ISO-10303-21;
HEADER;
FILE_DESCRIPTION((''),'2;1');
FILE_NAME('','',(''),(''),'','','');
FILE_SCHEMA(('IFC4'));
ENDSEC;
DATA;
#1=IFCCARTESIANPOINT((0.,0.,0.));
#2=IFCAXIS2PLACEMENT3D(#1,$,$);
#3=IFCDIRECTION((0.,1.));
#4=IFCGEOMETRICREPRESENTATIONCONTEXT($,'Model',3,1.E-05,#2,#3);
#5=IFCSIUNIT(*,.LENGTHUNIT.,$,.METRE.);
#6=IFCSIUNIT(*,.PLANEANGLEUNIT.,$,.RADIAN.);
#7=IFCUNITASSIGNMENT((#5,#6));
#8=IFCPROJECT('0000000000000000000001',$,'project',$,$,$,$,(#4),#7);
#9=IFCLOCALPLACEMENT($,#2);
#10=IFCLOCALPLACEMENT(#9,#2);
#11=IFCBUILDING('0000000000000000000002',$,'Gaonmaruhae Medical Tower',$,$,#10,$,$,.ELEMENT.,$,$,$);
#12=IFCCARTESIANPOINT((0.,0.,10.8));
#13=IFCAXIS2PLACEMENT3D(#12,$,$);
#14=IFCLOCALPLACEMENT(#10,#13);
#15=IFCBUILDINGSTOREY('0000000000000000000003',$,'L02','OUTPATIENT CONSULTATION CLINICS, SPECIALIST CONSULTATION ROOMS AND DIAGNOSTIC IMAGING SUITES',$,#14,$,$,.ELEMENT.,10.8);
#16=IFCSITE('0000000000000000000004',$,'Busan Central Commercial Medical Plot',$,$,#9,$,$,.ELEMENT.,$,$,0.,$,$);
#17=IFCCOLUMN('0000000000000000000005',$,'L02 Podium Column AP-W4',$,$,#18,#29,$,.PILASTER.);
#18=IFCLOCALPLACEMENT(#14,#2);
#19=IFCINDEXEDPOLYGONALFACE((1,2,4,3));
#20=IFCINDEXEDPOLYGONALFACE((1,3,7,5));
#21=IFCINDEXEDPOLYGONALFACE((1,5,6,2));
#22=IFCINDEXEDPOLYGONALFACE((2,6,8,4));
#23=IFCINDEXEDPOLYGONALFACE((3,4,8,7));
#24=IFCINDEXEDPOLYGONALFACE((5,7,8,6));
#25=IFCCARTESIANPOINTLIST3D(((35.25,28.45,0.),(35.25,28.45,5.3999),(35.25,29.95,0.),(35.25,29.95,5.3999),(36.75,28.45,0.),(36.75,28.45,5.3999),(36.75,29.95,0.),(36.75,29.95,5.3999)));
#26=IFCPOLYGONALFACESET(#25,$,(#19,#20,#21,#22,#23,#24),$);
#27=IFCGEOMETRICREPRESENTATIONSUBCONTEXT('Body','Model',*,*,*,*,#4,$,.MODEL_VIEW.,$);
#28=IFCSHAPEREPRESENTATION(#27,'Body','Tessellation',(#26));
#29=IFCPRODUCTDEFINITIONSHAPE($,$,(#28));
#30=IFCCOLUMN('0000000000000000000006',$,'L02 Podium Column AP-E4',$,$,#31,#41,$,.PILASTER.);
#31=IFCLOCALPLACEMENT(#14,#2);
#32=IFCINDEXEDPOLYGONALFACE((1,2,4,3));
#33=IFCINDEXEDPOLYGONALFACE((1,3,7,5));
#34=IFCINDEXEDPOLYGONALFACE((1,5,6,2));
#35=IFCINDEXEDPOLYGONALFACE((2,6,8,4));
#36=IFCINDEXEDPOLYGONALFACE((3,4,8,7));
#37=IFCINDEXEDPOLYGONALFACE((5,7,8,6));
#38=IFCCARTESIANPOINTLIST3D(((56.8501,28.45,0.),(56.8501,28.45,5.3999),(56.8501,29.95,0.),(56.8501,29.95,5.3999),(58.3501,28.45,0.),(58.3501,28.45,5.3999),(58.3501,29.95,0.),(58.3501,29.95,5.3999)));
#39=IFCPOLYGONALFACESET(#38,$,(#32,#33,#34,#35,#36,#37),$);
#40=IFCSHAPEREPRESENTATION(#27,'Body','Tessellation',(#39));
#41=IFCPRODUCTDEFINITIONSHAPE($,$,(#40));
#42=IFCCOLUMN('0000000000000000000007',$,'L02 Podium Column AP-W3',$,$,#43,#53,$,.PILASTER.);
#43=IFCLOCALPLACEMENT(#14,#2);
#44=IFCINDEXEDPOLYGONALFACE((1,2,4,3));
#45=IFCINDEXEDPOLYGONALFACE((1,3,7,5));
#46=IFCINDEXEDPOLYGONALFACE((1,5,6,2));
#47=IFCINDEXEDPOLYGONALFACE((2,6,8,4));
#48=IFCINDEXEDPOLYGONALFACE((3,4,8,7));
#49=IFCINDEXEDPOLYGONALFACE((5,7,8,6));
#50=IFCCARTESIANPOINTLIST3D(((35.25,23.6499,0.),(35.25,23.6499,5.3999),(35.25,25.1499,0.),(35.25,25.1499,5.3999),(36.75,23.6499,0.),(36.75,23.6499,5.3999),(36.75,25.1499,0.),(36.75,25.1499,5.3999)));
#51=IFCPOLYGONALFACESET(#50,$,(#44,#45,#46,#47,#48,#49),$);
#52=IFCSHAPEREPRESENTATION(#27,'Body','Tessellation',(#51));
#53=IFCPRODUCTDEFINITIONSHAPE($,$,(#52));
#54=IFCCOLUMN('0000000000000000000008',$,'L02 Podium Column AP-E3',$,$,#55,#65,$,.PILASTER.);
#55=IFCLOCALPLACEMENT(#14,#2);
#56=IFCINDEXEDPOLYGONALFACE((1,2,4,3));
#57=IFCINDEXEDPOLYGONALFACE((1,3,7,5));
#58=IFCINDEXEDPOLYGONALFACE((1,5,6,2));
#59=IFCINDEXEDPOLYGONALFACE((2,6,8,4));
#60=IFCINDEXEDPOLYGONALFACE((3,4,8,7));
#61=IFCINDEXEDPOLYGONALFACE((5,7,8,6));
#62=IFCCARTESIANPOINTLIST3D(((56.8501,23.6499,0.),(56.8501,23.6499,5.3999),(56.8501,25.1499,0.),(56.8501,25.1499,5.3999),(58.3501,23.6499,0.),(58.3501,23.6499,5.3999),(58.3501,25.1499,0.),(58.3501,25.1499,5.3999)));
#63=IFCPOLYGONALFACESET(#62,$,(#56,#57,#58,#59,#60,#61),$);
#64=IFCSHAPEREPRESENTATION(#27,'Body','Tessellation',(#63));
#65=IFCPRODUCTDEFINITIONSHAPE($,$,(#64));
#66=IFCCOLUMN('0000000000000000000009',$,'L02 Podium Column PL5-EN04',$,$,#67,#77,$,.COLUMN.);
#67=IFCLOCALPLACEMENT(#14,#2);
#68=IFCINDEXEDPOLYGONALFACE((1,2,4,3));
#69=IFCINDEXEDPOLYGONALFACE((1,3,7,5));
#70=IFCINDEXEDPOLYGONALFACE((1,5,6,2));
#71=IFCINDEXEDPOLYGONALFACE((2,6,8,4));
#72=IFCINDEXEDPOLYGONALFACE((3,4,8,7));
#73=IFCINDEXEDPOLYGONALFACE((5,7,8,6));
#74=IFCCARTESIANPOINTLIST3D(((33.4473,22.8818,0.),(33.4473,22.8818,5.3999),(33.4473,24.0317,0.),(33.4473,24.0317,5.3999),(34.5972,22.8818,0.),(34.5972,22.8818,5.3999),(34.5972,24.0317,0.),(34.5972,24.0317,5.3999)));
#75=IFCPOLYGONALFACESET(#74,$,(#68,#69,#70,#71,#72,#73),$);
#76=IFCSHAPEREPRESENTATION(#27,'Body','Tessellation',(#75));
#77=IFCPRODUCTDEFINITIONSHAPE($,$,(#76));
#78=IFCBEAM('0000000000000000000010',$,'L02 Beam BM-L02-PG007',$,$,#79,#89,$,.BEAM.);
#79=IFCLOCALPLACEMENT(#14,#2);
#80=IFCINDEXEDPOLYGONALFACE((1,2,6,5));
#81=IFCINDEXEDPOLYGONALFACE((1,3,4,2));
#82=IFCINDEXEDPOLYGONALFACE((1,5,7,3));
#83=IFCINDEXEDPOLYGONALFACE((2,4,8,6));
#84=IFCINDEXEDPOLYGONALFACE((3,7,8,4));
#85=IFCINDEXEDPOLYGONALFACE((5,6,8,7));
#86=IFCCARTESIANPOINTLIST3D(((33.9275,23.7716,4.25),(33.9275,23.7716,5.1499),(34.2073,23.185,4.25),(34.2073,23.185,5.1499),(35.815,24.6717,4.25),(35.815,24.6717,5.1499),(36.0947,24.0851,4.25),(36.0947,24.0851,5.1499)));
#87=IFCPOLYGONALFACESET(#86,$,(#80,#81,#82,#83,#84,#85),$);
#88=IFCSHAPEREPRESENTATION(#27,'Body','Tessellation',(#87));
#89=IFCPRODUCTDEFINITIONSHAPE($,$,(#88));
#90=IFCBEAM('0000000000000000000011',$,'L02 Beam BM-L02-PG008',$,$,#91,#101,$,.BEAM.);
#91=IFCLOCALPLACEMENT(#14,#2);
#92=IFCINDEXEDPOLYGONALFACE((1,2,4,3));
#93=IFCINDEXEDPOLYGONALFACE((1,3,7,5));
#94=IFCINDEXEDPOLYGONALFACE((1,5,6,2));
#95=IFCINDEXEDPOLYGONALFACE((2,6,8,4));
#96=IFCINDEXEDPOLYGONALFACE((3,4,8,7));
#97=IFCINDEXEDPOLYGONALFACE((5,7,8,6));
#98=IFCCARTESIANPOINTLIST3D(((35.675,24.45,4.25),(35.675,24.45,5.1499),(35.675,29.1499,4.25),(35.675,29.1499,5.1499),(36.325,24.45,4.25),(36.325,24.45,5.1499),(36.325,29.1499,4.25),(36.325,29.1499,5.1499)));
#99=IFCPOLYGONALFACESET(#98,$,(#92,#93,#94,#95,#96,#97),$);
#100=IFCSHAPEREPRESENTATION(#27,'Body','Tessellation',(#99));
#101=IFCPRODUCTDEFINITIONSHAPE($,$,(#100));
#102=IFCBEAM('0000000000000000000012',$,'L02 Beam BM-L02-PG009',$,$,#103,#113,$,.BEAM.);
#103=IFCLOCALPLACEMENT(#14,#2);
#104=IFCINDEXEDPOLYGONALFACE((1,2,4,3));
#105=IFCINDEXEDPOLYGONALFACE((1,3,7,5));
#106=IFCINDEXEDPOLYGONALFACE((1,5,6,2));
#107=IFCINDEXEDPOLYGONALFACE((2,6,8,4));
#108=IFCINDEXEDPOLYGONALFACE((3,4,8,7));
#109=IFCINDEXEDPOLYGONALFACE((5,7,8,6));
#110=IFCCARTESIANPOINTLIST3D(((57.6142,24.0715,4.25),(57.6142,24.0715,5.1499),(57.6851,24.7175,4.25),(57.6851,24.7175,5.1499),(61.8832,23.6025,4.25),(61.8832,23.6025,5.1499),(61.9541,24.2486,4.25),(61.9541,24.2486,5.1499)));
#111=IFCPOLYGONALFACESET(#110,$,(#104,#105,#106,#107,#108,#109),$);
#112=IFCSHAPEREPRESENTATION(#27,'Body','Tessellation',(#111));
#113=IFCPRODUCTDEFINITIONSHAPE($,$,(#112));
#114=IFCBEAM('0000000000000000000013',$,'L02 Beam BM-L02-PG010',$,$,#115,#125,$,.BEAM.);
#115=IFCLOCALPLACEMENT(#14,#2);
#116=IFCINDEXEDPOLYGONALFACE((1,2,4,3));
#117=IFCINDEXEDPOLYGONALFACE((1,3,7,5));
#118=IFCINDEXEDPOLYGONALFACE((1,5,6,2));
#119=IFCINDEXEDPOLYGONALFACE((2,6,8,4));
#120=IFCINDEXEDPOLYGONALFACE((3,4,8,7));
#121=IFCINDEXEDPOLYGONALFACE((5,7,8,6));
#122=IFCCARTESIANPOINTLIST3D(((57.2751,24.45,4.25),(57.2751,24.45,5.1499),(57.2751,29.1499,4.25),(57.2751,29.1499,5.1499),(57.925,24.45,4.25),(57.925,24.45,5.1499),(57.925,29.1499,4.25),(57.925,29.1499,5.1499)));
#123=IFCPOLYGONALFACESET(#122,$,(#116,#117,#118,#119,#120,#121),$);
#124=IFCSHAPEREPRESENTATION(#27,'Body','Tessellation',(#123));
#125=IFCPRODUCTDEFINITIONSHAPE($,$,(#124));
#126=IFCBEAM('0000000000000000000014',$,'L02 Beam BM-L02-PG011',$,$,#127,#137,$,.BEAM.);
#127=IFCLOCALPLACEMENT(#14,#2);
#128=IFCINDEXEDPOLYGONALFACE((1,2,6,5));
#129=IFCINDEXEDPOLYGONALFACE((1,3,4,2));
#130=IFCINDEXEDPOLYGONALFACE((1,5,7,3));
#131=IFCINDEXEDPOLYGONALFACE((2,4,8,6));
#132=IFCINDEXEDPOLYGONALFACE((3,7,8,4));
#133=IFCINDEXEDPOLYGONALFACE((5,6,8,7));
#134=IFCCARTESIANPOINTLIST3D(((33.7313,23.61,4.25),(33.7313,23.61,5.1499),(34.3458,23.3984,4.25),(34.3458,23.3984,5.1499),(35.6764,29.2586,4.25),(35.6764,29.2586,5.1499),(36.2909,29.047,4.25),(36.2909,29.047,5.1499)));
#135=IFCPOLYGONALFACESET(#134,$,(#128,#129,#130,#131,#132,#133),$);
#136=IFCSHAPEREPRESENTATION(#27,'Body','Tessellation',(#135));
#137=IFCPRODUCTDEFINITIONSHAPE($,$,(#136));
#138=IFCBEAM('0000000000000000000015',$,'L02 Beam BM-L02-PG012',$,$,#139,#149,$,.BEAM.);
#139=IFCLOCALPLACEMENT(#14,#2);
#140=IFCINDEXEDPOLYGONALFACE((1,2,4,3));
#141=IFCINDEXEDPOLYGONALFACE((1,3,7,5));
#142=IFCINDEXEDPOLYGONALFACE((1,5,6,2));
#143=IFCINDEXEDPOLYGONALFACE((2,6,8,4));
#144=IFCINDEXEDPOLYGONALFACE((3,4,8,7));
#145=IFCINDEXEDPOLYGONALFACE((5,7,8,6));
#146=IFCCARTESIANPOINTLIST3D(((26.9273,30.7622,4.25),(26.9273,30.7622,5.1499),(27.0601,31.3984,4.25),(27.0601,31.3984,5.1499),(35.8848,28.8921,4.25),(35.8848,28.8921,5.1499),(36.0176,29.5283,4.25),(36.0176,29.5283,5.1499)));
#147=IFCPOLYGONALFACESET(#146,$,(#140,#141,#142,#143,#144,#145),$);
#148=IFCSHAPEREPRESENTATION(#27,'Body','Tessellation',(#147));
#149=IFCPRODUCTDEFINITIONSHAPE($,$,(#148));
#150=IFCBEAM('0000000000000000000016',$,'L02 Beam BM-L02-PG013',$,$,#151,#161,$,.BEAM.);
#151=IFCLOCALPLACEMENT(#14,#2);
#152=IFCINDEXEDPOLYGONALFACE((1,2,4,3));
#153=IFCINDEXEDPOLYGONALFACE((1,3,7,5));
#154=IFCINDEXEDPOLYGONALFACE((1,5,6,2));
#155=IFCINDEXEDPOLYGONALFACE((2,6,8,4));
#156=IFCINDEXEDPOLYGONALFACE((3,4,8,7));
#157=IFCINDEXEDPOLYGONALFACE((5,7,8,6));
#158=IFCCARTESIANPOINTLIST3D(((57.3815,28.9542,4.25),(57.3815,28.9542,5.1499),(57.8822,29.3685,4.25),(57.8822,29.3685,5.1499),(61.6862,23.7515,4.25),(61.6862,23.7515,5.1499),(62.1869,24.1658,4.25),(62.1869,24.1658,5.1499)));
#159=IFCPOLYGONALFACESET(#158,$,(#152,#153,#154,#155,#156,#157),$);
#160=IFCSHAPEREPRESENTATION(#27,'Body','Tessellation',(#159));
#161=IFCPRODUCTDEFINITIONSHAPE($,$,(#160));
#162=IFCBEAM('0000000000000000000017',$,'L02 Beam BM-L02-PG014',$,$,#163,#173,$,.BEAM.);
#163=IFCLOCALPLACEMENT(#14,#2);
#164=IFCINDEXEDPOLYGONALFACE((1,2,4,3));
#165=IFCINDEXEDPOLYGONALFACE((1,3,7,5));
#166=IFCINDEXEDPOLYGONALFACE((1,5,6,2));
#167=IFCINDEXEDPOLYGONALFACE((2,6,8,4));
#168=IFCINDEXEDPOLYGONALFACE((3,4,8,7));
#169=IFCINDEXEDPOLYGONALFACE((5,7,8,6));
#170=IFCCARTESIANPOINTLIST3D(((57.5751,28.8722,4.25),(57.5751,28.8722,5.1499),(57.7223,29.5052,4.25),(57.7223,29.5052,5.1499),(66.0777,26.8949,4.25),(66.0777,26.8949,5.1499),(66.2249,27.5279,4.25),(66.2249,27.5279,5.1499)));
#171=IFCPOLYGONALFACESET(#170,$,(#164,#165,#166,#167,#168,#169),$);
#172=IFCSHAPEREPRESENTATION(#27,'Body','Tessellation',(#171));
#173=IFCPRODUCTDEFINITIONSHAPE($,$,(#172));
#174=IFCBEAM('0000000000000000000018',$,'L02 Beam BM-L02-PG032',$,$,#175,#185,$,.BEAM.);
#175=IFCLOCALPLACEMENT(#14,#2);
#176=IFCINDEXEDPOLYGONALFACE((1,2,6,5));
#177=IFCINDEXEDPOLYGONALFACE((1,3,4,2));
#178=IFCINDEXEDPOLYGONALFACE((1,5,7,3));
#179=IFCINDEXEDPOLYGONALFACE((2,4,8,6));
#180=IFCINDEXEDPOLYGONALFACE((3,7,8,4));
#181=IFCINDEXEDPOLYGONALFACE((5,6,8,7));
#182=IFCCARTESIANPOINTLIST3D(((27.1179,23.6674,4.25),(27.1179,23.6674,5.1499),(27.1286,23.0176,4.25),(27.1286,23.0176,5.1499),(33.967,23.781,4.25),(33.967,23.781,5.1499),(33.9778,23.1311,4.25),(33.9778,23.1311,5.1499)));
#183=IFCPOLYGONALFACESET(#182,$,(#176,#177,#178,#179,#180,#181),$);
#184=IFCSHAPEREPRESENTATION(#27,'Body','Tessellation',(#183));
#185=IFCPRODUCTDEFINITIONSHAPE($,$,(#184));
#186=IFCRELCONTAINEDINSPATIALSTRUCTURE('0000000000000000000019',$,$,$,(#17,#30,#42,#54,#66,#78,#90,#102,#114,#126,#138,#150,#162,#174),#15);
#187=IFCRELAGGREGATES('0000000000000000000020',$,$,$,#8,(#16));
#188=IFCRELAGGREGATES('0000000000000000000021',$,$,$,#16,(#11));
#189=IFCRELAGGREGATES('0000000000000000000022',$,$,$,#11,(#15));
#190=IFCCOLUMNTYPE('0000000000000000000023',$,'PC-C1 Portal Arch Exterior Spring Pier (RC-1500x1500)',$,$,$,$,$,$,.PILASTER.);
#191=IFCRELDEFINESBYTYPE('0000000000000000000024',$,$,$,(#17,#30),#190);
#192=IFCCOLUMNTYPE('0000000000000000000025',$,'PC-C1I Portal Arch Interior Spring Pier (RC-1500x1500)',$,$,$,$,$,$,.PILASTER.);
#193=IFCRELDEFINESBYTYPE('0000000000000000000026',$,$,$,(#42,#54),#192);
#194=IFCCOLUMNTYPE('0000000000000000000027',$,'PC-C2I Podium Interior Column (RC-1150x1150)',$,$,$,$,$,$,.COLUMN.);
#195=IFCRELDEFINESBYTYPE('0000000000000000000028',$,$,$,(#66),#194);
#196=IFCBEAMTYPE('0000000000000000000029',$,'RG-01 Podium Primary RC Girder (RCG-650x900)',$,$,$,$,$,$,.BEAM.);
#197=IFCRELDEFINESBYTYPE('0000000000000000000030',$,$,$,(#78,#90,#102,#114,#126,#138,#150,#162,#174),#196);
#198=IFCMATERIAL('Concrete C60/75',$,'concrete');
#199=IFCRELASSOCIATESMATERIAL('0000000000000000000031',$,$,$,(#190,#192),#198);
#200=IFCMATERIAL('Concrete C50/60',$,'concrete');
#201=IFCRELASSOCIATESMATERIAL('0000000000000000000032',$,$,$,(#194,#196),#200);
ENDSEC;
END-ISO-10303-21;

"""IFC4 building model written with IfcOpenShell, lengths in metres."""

from ifc_helpers import new_model, si_unit, direction, frame, origin, origin_2d, place, context, subcontext, project, spatial, rectangle, extrude, material, material_profile, profile_set, type_object, element, save


model = new_model("IFC4")

# Units and contexts
model_context = context("Model", 3, precision=1e-05, world=origin(), true_north=direction((0.0, 1.0)))
body_context = subcontext(model_context, "Body", "Model", "MODEL_VIEW")
ifc_project = project(units=[si_unit("LENGTHUNIT", "METRE"), si_unit("PLANEANGLEUNIT", "RADIAN")], contexts=[model_context])

# Site, building, storey
site_placement = place(None, origin())
site = spatial("IfcSite", under=ifc_project, at=site_placement, Name="Busan Central Commercial Medical Plot", CompositionType="ELEMENT", RefElevation=0.0)
building_placement = place(site_placement, origin())
building = spatial("IfcBuilding", under=site, at=building_placement, Name="Gaonmaruhae Medical Tower", CompositionType="ELEMENT")
storey_placement = place(building_placement, frame((0.0, 0.0, 10.8)))
storey = spatial("IfcBuildingStorey", under=building, at=storey_placement, Name="L02", Description="OUTPATIENT CONSULTATION CLINICS, SPECIALIST CONSULTATION ROOMS AND DIAGNOSTIC IMAGING SUITES", CompositionType="ELEMENT", Elevation=10.8)

# Columns
ifc_material_1 = material(Name="Concrete C60/75", Category="concrete")
ifc_material_profile_1 = material_profile(ifc_material_1, rectangle(XDim=1.5, YDim=1.5, at=origin_2d()), Name="RC-1500x1500")
ifc_profile_set_1 = profile_set([ifc_material_profile_1], Name="Concrete C60/75")
column_type_1 = type_object("IfcColumnType", Name="PC-C1 Portal Arch Exterior Spring Pier (RC-1500x1500)", PredefinedType="PILASTER", material=ifc_profile_set_1)
for number, where, z_axis, x_axis, name in (
    (1, (36.0, 29.2, 0.0), (0.0, 0.0, 1.0), (1.0, 0.0, 0.0), "L02 Podium Column AP-W4"),
    (2, (57.6001, 29.2, 0.0), (0.0, 0.0, 1.0), (1.0, 0.0, 0.0), "L02 Podium Column AP-E4"),
):
    element("IfcColumn", number, at=place(storey_placement, frame(where, z_axis=z_axis, x_axis=x_axis)), inside=storey, type_object=column_type_1, Name=name, PredefinedType="PILASTER", context=body_context, shape_type="SweptSolid", body=[
        extrude(rectangle(XDim=1.5, YDim=1.5, at=origin_2d()), origin(), (0.0, 0.0, 1.0), 5.3999),
    ])
ifc_material_profile_2 = material_profile(ifc_material_1, rectangle(XDim=1.5, YDim=1.5, at=origin_2d()), Name="RC-1500x1500")
ifc_profile_set_2 = profile_set([ifc_material_profile_2], Name="Concrete C60/75")
column_type_2 = type_object("IfcColumnType", Name="PC-C1I Portal Arch Interior Spring Pier (RC-1500x1500)", PredefinedType="PILASTER", material=ifc_profile_set_2)
for number, where, z_axis, x_axis, name in (
    (3, (36.0, 24.3999, 0.0), (0.0, 0.0, 1.0), (1.0, 0.0, 0.0), "L02 Podium Column AP-W3"),
    (4, (57.6001, 24.3999, 0.0), (0.0, 0.0, 1.0), (1.0, 0.0, 0.0), "L02 Podium Column AP-E3"),
):
    element("IfcColumn", number, at=place(storey_placement, frame(where, z_axis=z_axis, x_axis=x_axis)), inside=storey, type_object=column_type_2, Name=name, PredefinedType="PILASTER", context=body_context, shape_type="SweptSolid", body=[
        extrude(rectangle(XDim=1.5, YDim=1.5, at=origin_2d()), origin(), (0.0, 0.0, 1.0), 5.3999),
    ])
ifc_material_2 = material(Name="Concrete C50/60", Category="concrete")
ifc_material_profile_3 = material_profile(ifc_material_2, rectangle(XDim=1.1499, YDim=1.1499, at=origin_2d()), Name="RC-1150x1150")
ifc_profile_set_3 = profile_set([ifc_material_profile_3], Name="Concrete C50/60")
column_type_3 = type_object("IfcColumnType", Name="PC-C2I Podium Interior Column (RC-1150x1150)", PredefinedType="COLUMN", material=ifc_profile_set_3)
column_placement = place(storey_placement, frame((34.0222, 23.4568, 0.0), z_axis=(0.0, 0.0, 1.0), x_axis=(1.0, 0.0, 0.0)))
element("IfcColumn", 5, at=column_placement, inside=storey, type_object=column_type_3, Name="L02 Podium Column PL5-EN04", PredefinedType="COLUMN", context=body_context, shape_type="SweptSolid", body=[
    extrude(rectangle(XDim=1.1499, YDim=1.1499, at=origin_2d()), origin(), (0.0, 0.0, 1.0), 5.3999),
])

# Beams
ifc_material_profile_4 = material_profile(ifc_material_2, rectangle(XDim=0.6499, YDim=0.8999, at=origin_2d()), Name="RCG-650x900")
ifc_profile_set_4 = profile_set([ifc_material_profile_4], Name="Concrete C50/60")
beam_type = type_object("IfcBeamType", Name="RG-01 Podium Primary RC Girder (RCG-650x900)", PredefinedType="BEAM", material=ifc_profile_set_4)
beam_1_placement = place(storey_placement, frame((35.9548, 24.3784, 4.7), z_axis=(-0.902608, -0.430464, 0.0), x_axis=(0.430464, -0.902608, 0.0)))
element("IfcBeam", 6, at=beam_1_placement, inside=storey, type_object=beam_type, Name="L02 Beam BM-L02-PG007", PredefinedType="BEAM", context=body_context, shape_type="SweptSolid", body=[
    extrude(rectangle(XDim=0.6499, YDim=0.8999, at=origin_2d()), origin(), (0.0, 0.0, 1.0), 2.0911),
])
beam_2_placement = place(storey_placement, frame((36.0, 24.45, 4.7), z_axis=(0.0, 1.0, 0.0), x_axis=(-1.0, 0.0, 0.0)))
element("IfcBeam", 7, at=beam_2_placement, inside=storey, type_object=beam_type, Name="L02 Beam BM-L02-PG008", PredefinedType="BEAM", context=body_context, shape_type="SweptSolid", body=[
    extrude(rectangle(XDim=0.6499, YDim=0.8999, at=origin_2d()), origin(), (0.0, 0.0, 1.0), 4.7),
])
beam_3_placement = place(storey_placement, frame((57.6497, 24.3945, 4.7), z_axis=(0.99402, -0.109202, 0.0), x_axis=(0.109202, 0.99402, 0.0)))
element("IfcBeam", 8, at=beam_3_placement, inside=storey, type_object=beam_type, Name="L02 Beam BM-L02-PG009", PredefinedType="BEAM", context=body_context, shape_type="SweptSolid", body=[
    extrude(rectangle(XDim=0.6499, YDim=0.8999, at=origin_2d()), origin(), (0.0, 0.0, 1.0), 4.2947),
])
beam_4_placement = place(storey_placement, frame((57.6001, 24.45, 4.7), z_axis=(0.0, 1.0, 0.0), x_axis=(-1.0, 0.0, 0.0)))
element("IfcBeam", 9, at=beam_4_placement, inside=storey, type_object=beam_type, Name="L02 Beam BM-L02-PG010", PredefinedType="BEAM", context=body_context, shape_type="SweptSolid", body=[
    extrude(rectangle(XDim=0.6499, YDim=0.8999, at=origin_2d()), origin(), (0.0, 0.0, 1.0), 4.7),
])
beam_5_placement = place(storey_placement, frame((35.9836, 29.1528, 4.7), z_axis=(-0.325579, -0.945515, 0.0), x_axis=(0.945515, -0.325579, 0.0)))
element("IfcBeam", 10, at=beam_5_placement, inside=storey, type_object=beam_type, Name="L02 Beam BM-L02-PG011", PredefinedType="BEAM", context=body_context, shape_type="SweptSolid", body=[
    extrude(rectangle(XDim=0.6499, YDim=0.8999, at=origin_2d()), origin(), (0.0, 0.0, 1.0), 5.9741),
])
beam_6_placement = place(storey_placement, frame((35.9512, 29.2102, 4.7), z_axis=(-0.978894, 0.20437, 0.0), x_axis=(-0.20437, -0.978894, 0.0)))
element("IfcBeam", 11, at=beam_6_placement, inside=storey, type_object=beam_type, Name="L02 Beam BM-L02-PG012", PredefinedType="BEAM", context=body_context, shape_type="SweptSolid", body=[
    extrude(rectangle(XDim=0.6499, YDim=0.8999, at=origin_2d()), origin(), (0.0, 0.0, 1.0), 9.1506),
])
beam_7_placement = place(storey_placement, frame((57.6318, 29.1614, 4.7), z_axis=(0.637485, -0.770463, 0.0), x_axis=(0.770463, 0.637485, 0.0)))
element("IfcBeam", 12, at=beam_7_placement, inside=storey, type_object=beam_type, Name="L02 Beam BM-L02-PG013", PredefinedType="BEAM", context=body_context, shape_type="SweptSolid", body=[
    extrude(rectangle(XDim=0.6499, YDim=0.8999, at=origin_2d()), origin(), (0.0, 0.0, 1.0), 6.7527),
])
beam_8_placement = place(storey_placement, frame((57.6487, 29.1887, 4.7), z_axis=(0.97401, -0.226505, 0.0), x_axis=(0.226505, 0.97401, 0.0)))
element("IfcBeam", 13, at=beam_8_placement, inside=storey, type_object=beam_type, Name="L02 Beam BM-L02-PG014", PredefinedType="BEAM", context=body_context, shape_type="SweptSolid", body=[
    extrude(rectangle(XDim=0.6499, YDim=0.8999, at=origin_2d()), origin(), (0.0, 0.0, 1.0), 8.7295),
])
beam_9_placement = place(storey_placement, frame((33.9724, 23.4561, 4.7), z_axis=(-0.999863, -0.016573, 0.0), x_axis=(0.016573, -0.999863, 0.0)))
element("IfcBeam", 14, at=beam_9_placement, inside=storey, type_object=beam_type, Name="L02 Beam BM-L02-PG032", PredefinedType="BEAM", context=body_context, shape_type="SweptSolid", body=[
    extrude(rectangle(XDim=0.6499, YDim=0.8999, at=origin_2d()), origin(), (0.0, 0.0, 1.0), 6.8501),
])

save(model, "model.ifc")
